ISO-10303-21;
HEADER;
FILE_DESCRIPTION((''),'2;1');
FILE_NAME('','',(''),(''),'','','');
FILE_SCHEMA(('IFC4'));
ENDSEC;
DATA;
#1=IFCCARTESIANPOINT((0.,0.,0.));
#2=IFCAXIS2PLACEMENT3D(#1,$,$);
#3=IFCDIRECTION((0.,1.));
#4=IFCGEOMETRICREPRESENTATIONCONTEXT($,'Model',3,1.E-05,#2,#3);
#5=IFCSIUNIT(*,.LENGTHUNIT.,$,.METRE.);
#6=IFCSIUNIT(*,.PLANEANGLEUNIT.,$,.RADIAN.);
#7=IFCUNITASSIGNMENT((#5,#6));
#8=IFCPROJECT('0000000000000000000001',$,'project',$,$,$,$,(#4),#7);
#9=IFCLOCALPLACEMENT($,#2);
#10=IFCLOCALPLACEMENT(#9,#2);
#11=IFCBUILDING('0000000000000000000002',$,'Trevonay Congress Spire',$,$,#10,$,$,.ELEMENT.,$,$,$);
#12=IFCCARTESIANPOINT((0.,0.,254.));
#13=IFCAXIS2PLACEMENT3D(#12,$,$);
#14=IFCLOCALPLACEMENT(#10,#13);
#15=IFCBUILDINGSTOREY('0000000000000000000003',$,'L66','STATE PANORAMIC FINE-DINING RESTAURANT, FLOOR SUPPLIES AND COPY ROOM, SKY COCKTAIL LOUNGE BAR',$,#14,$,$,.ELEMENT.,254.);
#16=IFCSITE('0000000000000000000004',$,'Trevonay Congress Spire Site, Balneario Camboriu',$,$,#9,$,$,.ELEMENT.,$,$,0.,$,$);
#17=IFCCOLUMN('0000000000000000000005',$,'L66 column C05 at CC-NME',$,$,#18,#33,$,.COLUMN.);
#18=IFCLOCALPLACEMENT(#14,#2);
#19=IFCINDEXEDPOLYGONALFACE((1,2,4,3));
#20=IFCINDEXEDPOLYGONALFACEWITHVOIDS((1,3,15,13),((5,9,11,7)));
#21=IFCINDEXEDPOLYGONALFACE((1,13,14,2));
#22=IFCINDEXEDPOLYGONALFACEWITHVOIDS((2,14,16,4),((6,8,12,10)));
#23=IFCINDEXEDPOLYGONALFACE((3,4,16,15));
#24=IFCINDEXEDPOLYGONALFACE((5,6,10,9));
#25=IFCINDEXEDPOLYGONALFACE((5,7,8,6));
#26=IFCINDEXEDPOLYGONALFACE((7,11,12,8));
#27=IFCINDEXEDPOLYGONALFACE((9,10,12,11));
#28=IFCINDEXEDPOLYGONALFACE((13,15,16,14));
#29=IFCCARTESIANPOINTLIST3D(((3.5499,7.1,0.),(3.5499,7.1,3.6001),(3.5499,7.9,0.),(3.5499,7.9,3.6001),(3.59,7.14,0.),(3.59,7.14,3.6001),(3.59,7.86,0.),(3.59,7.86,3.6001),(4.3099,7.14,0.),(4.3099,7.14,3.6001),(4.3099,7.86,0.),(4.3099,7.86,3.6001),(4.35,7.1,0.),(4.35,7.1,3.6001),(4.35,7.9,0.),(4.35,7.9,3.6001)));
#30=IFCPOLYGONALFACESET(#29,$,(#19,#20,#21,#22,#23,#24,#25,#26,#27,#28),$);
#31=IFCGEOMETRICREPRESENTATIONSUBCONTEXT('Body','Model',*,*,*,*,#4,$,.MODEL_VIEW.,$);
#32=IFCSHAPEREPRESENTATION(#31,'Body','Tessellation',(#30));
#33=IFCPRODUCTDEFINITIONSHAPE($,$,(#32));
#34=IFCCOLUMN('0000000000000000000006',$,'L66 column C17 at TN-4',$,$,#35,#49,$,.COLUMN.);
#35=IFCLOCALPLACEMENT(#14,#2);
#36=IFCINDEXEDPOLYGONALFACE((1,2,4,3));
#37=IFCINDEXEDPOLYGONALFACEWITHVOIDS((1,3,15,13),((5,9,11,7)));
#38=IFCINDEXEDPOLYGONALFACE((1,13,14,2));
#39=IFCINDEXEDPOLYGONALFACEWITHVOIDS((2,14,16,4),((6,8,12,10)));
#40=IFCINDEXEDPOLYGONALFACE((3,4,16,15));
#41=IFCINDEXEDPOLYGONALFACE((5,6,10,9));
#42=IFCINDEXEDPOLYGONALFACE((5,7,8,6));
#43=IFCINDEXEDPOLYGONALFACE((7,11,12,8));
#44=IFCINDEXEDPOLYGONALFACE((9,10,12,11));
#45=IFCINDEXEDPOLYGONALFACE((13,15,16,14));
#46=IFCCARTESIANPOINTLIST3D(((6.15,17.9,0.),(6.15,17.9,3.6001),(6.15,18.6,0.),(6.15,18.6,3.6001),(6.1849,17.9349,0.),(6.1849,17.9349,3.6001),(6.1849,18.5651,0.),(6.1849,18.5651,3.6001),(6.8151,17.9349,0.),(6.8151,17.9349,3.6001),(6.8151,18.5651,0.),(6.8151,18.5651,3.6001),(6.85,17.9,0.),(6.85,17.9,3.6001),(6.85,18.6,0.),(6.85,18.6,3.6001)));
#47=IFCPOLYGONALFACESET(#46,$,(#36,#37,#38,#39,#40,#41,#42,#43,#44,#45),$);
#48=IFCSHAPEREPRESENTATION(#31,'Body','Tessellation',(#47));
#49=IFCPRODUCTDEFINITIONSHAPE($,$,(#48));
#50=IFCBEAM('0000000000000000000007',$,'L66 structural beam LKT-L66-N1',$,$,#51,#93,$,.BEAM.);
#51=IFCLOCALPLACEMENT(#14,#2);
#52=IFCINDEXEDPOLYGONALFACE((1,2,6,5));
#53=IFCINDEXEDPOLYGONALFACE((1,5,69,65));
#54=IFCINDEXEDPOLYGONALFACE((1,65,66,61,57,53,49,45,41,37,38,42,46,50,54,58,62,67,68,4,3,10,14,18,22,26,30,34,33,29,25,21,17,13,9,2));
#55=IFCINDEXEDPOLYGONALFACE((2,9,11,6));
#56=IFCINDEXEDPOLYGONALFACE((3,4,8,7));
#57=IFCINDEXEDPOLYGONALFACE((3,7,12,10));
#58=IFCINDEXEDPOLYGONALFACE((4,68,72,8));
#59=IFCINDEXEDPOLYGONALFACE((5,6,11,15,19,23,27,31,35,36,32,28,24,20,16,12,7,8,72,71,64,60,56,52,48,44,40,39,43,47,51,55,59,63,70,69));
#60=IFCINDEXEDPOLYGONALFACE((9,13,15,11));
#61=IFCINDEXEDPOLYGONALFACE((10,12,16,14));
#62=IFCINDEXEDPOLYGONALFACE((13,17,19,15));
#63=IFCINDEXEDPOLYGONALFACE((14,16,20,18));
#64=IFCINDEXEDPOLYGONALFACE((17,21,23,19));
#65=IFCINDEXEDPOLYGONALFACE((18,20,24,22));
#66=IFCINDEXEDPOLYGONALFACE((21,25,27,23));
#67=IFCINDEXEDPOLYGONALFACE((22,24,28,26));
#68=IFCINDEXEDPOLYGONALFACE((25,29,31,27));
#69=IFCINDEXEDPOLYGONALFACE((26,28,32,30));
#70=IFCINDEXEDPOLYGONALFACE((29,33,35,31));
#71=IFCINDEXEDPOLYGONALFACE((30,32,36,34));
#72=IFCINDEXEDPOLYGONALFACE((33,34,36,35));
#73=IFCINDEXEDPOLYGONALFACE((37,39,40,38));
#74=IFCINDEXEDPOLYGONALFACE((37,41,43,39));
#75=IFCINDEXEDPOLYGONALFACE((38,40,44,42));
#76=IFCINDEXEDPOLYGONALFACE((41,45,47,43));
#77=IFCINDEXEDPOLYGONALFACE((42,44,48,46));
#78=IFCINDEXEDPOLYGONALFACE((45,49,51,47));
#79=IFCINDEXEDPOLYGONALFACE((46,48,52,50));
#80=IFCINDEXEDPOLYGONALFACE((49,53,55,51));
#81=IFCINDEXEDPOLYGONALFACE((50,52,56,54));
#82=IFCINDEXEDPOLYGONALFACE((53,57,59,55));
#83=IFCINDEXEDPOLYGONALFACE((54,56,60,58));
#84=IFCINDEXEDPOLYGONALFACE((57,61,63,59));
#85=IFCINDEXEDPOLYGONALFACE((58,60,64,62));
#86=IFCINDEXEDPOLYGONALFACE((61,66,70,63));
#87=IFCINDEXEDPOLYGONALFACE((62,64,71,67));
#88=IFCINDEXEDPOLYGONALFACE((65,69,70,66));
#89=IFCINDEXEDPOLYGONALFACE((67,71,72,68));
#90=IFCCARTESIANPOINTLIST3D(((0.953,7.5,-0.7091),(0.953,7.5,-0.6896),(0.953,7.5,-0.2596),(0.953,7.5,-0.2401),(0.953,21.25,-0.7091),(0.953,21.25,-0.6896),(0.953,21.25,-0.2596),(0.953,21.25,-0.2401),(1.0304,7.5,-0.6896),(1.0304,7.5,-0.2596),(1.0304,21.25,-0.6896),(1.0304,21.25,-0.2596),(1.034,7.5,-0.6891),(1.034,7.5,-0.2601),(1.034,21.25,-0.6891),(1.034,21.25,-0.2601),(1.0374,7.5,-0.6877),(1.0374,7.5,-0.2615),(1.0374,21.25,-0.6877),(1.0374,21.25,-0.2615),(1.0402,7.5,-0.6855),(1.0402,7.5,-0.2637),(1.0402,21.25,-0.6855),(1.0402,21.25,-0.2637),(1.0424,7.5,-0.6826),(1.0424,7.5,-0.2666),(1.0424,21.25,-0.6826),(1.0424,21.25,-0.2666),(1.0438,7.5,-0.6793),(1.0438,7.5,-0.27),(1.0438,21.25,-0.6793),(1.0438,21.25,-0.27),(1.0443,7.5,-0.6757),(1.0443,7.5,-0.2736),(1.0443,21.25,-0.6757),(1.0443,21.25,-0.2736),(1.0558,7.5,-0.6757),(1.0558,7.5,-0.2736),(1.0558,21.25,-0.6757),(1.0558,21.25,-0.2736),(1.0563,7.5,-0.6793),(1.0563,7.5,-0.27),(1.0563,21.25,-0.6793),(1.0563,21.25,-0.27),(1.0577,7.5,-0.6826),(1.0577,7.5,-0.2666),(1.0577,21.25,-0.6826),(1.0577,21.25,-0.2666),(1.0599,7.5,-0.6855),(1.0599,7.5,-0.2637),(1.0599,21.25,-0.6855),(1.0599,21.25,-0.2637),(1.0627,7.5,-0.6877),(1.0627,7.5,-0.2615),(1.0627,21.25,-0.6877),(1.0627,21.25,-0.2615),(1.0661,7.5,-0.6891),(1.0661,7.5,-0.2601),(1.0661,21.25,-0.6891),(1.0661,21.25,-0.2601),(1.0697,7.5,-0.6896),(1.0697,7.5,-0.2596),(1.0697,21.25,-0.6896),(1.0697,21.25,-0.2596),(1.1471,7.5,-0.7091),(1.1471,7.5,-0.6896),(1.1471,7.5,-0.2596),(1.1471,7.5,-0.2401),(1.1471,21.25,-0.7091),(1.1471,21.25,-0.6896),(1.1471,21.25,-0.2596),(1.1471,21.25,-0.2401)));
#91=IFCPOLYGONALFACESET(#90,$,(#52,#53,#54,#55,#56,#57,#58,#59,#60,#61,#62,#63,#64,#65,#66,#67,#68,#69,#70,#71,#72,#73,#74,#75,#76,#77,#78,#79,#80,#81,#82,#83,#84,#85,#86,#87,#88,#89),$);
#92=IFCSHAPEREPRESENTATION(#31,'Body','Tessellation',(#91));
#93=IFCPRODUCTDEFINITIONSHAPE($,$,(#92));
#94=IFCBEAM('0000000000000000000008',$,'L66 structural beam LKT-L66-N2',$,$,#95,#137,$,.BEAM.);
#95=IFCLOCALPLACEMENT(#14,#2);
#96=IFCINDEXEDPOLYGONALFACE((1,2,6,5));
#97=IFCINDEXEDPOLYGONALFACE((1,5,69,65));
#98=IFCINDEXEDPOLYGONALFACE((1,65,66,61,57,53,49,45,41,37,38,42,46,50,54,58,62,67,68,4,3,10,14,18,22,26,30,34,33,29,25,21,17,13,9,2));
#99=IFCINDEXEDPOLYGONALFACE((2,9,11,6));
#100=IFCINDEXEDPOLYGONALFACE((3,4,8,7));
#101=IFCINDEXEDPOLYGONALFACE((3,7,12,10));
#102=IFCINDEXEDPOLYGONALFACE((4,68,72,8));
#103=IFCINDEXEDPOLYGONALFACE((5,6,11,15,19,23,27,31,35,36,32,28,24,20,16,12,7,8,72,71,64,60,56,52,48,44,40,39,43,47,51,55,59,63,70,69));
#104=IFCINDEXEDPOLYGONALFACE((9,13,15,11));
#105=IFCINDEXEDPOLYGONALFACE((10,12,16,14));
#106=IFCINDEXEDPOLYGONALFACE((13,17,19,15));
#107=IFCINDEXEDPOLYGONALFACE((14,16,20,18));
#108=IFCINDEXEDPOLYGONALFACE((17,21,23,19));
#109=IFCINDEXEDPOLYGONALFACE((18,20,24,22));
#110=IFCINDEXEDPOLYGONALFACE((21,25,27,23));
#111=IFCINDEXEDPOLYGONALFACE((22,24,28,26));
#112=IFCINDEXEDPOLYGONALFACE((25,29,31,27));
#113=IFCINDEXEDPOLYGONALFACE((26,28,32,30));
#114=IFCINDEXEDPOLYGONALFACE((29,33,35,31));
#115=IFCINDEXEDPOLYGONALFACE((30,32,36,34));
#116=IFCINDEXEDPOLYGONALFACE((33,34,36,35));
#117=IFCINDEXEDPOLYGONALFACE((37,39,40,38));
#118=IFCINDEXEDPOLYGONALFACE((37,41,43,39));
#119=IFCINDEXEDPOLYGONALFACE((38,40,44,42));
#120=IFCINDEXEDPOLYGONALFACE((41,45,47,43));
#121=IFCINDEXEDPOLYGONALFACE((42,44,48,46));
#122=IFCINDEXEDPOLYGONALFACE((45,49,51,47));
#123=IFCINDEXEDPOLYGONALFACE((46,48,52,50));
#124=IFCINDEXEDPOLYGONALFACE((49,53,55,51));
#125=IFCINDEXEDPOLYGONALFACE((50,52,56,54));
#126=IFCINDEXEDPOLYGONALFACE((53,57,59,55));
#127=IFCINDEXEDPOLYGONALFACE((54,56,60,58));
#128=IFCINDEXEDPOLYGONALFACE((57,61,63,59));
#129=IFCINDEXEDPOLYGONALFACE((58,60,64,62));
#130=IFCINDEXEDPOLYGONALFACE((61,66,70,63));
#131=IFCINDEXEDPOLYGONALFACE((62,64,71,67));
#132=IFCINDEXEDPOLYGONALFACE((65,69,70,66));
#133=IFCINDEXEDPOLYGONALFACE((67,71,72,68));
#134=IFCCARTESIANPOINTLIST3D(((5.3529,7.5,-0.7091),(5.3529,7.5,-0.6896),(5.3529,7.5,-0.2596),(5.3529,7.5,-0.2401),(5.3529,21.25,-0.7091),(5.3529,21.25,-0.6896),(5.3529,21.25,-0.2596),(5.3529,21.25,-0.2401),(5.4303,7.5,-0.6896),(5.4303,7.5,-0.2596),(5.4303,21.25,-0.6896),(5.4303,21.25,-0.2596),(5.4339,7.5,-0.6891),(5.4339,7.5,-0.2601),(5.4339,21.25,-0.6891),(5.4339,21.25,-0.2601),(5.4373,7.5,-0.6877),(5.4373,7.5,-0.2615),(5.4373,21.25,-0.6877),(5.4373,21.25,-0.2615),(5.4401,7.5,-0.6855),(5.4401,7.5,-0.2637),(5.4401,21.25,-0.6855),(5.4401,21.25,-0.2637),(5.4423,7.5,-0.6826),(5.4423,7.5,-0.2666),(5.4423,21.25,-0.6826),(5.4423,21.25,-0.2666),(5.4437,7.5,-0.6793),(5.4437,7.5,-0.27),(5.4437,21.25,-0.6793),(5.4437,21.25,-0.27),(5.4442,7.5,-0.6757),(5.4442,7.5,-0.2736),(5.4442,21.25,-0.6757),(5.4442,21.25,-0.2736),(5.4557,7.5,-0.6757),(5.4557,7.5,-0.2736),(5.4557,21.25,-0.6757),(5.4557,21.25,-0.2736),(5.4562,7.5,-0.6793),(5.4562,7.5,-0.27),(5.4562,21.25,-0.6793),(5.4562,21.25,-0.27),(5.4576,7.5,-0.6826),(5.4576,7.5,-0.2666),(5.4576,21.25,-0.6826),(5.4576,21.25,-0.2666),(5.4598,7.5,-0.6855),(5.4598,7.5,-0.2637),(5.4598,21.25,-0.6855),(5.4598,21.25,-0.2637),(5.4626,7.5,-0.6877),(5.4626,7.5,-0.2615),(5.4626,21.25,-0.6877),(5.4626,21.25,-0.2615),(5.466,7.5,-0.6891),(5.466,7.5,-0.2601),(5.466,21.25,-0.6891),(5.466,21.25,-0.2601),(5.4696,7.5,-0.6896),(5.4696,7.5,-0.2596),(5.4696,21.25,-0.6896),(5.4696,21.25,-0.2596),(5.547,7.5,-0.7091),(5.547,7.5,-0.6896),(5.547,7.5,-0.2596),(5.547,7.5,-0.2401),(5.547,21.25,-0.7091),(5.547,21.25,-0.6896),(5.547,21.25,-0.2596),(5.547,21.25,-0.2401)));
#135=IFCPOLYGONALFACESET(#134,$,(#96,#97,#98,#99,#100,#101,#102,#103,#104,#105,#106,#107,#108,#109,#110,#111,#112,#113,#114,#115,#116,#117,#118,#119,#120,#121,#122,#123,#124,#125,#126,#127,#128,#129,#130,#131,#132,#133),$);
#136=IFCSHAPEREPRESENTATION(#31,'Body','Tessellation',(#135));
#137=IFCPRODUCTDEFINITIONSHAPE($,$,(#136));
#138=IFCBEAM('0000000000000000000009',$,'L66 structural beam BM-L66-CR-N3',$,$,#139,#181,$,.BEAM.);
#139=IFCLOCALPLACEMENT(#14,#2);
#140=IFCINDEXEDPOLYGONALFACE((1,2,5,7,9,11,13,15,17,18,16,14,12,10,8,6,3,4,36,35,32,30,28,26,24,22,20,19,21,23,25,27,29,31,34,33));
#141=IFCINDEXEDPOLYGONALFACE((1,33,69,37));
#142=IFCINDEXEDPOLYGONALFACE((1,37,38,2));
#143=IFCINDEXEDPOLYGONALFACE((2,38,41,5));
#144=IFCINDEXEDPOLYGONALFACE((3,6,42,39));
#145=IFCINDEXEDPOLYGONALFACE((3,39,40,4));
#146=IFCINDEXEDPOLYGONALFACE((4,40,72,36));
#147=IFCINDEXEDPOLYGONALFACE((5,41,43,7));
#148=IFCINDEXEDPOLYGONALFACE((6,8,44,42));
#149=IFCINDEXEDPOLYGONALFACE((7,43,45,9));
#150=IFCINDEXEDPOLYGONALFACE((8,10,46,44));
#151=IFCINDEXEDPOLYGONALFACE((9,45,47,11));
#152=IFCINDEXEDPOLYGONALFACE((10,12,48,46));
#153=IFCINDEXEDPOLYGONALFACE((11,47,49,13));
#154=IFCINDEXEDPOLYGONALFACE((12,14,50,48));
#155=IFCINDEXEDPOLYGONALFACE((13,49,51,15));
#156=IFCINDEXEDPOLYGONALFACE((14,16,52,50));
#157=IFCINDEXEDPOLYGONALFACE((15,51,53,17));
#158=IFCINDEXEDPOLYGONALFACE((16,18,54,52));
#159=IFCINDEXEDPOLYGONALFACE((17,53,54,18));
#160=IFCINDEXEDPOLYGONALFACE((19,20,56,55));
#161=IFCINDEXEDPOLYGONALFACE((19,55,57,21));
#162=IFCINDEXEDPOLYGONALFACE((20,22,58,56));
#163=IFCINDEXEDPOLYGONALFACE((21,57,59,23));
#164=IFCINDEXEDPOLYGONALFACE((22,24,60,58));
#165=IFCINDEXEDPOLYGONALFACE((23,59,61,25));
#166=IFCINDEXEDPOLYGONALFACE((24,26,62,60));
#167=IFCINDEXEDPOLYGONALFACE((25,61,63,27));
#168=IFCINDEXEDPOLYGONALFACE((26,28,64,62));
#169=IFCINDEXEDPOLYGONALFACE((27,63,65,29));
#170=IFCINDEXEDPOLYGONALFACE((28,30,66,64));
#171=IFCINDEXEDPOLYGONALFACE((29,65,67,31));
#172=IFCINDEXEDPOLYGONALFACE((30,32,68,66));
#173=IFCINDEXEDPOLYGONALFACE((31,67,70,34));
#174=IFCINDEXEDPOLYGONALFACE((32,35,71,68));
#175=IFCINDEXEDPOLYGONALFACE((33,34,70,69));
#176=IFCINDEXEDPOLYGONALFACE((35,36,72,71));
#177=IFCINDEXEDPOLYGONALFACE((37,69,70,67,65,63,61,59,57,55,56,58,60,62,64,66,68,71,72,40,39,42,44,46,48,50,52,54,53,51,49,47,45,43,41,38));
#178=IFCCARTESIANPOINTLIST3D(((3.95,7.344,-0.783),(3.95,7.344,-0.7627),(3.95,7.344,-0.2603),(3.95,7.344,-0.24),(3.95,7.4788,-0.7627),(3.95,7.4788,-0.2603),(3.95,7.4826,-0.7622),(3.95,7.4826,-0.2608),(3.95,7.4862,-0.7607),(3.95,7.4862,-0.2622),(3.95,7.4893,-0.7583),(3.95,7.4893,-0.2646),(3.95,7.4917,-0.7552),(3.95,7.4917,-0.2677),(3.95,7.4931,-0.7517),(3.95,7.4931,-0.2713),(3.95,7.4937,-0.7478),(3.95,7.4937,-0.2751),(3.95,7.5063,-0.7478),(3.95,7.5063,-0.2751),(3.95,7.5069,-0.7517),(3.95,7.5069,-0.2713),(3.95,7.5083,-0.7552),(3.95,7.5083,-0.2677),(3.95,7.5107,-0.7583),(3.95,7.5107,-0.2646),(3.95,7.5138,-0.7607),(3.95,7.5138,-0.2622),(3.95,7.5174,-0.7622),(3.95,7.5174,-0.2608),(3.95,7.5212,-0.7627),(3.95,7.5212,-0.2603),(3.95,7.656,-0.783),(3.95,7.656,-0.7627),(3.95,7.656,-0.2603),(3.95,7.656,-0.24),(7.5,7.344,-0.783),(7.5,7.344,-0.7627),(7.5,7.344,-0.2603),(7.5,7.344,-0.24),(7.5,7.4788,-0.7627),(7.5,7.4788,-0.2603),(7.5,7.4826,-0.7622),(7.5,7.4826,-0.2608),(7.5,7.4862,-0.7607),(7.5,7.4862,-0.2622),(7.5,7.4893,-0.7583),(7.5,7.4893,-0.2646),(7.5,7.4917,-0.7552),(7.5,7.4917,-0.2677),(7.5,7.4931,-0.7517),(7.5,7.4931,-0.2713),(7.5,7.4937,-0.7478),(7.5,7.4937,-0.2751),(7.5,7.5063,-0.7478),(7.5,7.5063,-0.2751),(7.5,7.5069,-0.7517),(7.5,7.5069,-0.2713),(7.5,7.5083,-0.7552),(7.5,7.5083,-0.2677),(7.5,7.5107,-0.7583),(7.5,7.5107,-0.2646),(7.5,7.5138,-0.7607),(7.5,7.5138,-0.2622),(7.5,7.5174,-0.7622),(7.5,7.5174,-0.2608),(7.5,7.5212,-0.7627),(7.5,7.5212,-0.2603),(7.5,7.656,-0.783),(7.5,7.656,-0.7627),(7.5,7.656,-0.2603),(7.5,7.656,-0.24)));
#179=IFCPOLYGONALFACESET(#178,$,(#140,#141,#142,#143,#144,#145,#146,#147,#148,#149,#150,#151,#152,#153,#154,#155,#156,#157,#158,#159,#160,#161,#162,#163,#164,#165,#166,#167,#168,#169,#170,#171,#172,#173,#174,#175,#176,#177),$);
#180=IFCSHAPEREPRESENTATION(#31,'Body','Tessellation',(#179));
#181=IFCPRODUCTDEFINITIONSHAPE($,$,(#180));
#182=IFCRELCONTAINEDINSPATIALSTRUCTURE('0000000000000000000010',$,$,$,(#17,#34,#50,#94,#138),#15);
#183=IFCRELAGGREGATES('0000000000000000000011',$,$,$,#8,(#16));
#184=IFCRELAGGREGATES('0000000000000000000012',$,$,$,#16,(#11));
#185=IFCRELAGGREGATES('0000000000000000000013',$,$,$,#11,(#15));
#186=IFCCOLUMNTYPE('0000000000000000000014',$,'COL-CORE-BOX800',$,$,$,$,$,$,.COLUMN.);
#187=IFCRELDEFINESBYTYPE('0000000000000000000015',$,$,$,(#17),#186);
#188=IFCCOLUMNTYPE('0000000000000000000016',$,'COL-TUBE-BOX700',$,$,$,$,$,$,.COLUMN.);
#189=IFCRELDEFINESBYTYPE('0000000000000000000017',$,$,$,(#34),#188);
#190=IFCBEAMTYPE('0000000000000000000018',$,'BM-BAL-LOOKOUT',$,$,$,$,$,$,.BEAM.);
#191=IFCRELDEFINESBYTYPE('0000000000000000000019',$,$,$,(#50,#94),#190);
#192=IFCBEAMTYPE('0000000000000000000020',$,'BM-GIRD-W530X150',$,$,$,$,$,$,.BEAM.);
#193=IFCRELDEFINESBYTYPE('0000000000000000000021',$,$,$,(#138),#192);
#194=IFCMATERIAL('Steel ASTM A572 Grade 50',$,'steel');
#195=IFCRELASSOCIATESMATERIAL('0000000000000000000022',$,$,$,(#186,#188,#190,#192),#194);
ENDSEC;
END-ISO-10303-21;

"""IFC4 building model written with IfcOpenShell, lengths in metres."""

from ifc_helpers import new_model, si_unit, direction, frame, origin, origin_2d, place, context, subcontext, project, spatial, hollow_rectangle, i_section, extrude, material, material_profile, profile_set, type_object, element, save


model = new_model("IFC4")

# Units and contexts
model_context = context("Model", 3, precision=1e-05, world=origin(), true_north=direction((0.0, 1.0)))
body_context = subcontext(model_context, "Body", "Model", "MODEL_VIEW")
ifc_project = project(units=[si_unit("LENGTHUNIT", "METRE"), si_unit("PLANEANGLEUNIT", "RADIAN")], contexts=[model_context])

# Site, building, storey
site_placement = place(None, origin())
site = spatial("IfcSite", under=ifc_project, at=site_placement, Name="Trevonay Congress Spire Site, Balneario Camboriu", CompositionType="ELEMENT", RefElevation=0.0)
building_placement = place(site_placement, origin())
building = spatial("IfcBuilding", under=site, at=building_placement, Name="Trevonay Congress Spire", CompositionType="ELEMENT")
storey_placement = place(building_placement, frame((0.0, 0.0, 254.0)))
storey = spatial("IfcBuildingStorey", under=building, at=storey_placement, Name="L66", Description="STATE PANORAMIC FINE-DINING RESTAURANT, FLOOR SUPPLIES AND COPY ROOM, SKY COCKTAIL LOUNGE BAR", CompositionType="ELEMENT", Elevation=254.0)

# Columns
ifc_material_1 = material(Name="Steel ASTM A572 Grade 50", Category="steel")
ifc_material_profile_1 = material_profile(ifc_material_1, hollow_rectangle(XDim=0.8, YDim=0.8, WallThickness=0.04, at=origin_2d()), Name="BOX 800x800x40")
ifc_profile_set_1 = profile_set([ifc_material_profile_1], Name="Steel ASTM A572 Grade 50")
column_type_1 = type_object("IfcColumnType", Name="COL-CORE-BOX800", PredefinedType="COLUMN", material=ifc_profile_set_1)
column_1_placement = place(storey_placement, frame((3.95, 7.5, 0.0), z_axis=(0.0, 0.0, 1.0), x_axis=(1.0, 0.0, 0.0)))
element("IfcColumn", 1, at=column_1_placement, inside=storey, type_object=column_type_1, Name="L66 column C05 at CC-NME", PredefinedType="COLUMN", context=body_context, shape_type="SweptSolid", body=[
    extrude(hollow_rectangle(XDim=0.8, YDim=0.8, WallThickness=0.04, at=origin_2d()), origin(), (0.0, 0.0, 1.0), 3.6001),
])
ifc_material_profile_2 = material_profile(ifc_material_1, hollow_rectangle(XDim=0.7, YDim=0.7, WallThickness=0.0349, at=origin_2d()), Name="BOX 700x700x35")
ifc_profile_set_2 = profile_set([ifc_material_profile_2], Name="Steel ASTM A572 Grade 50")
column_type_2 = type_object("IfcColumnType", Name="COL-TUBE-BOX700", PredefinedType="COLUMN", material=ifc_profile_set_2)
column_2_placement = place(storey_placement, frame((6.5, 18.25, 0.0), z_axis=(0.0, 0.0, 1.0), x_axis=(1.0, 0.0, 0.0)))
element("IfcColumn", 2, at=column_2_placement, inside=storey, type_object=column_type_2, Name="L66 column C17 at TN-4", PredefinedType="COLUMN", context=body_context, shape_type="SweptSolid", body=[
    extrude(hollow_rectangle(XDim=0.7, YDim=0.7, WallThickness=0.0349, at=origin_2d()), origin(), (0.0, 0.0, 1.0), 3.6001),
])

# Beams
ifc_material_profile_3 = material_profile(ifc_material_1, i_section(OverallWidth=0.1941, OverallDepth=0.469, WebThickness=0.0115, FlangeThickness=0.0195, FilletRadius=0.0139, at=origin_2d()), Name="W460x106")
ifc_profile_set_3 = profile_set([ifc_material_profile_3], Name="Steel ASTM A572 Grade 50")
beam_type_1 = type_object("IfcBeamType", Name="BM-BAL-LOOKOUT", PredefinedType="BEAM", material=ifc_profile_set_3)
for number, where, z_axis, x_axis, name in (
    (3, (1.05, 7.5, -0.4746), (0.0, 1.0, 0.0), (-1.0, 0.0, 0.0), "L66 structural beam LKT-L66-N1"),
    (4, (5.45, 7.5, -0.4746), (0.0, 1.0, 0.0), (-1.0, 0.0, 0.0), "L66 structural beam LKT-L66-N2"),
):
    element("IfcBeam", number, at=place(storey_placement, frame(where, z_axis=z_axis, x_axis=x_axis)), inside=storey, type_object=beam_type_1, Name=name, PredefinedType="BEAM", context=body_context, shape_type="SweptSolid", body=[
        extrude(i_section(OverallWidth=0.1941, OverallDepth=0.469, WebThickness=0.0115, FlangeThickness=0.0195, FilletRadius=0.0139, at=origin_2d()), origin(), (0.0, 0.0, 1.0), 13.75),
    ])
ifc_material_profile_4 = material_profile(ifc_material_1, i_section(OverallWidth=0.312, OverallDepth=0.543, WebThickness=0.0127, FlangeThickness=0.0203, FilletRadius=0.0149, at=origin_2d()), Name="W530x150")
ifc_profile_set_4 = profile_set([ifc_material_profile_4], Name="Steel ASTM A572 Grade 50")
beam_type_2 = type_object("IfcBeamType", Name="BM-GIRD-W530X150", PredefinedType="BEAM", material=ifc_profile_set_4)
beam_1_placement = place(storey_placement, frame((3.95, 7.5, -0.5115), z_axis=(1.0, 0.0, 0.0), x_axis=(0.0, 1.0, 0.0)))
element("IfcBeam", 5, at=beam_1_placement, inside=storey, type_object=beam_type_2, Name="L66 structural beam BM-L66-CR-N3", PredefinedType="BEAM", context=body_context, shape_type="SweptSolid", body=[
    extrude(i_section(OverallWidth=0.312, OverallDepth=0.543, WebThickness=0.0127, FlangeThickness=0.0203, FilletRadius=0.0149, at=origin_2d()), origin(), (0.0, 0.0, 1.0), 3.55),
])

save(model, "model.ifc")
